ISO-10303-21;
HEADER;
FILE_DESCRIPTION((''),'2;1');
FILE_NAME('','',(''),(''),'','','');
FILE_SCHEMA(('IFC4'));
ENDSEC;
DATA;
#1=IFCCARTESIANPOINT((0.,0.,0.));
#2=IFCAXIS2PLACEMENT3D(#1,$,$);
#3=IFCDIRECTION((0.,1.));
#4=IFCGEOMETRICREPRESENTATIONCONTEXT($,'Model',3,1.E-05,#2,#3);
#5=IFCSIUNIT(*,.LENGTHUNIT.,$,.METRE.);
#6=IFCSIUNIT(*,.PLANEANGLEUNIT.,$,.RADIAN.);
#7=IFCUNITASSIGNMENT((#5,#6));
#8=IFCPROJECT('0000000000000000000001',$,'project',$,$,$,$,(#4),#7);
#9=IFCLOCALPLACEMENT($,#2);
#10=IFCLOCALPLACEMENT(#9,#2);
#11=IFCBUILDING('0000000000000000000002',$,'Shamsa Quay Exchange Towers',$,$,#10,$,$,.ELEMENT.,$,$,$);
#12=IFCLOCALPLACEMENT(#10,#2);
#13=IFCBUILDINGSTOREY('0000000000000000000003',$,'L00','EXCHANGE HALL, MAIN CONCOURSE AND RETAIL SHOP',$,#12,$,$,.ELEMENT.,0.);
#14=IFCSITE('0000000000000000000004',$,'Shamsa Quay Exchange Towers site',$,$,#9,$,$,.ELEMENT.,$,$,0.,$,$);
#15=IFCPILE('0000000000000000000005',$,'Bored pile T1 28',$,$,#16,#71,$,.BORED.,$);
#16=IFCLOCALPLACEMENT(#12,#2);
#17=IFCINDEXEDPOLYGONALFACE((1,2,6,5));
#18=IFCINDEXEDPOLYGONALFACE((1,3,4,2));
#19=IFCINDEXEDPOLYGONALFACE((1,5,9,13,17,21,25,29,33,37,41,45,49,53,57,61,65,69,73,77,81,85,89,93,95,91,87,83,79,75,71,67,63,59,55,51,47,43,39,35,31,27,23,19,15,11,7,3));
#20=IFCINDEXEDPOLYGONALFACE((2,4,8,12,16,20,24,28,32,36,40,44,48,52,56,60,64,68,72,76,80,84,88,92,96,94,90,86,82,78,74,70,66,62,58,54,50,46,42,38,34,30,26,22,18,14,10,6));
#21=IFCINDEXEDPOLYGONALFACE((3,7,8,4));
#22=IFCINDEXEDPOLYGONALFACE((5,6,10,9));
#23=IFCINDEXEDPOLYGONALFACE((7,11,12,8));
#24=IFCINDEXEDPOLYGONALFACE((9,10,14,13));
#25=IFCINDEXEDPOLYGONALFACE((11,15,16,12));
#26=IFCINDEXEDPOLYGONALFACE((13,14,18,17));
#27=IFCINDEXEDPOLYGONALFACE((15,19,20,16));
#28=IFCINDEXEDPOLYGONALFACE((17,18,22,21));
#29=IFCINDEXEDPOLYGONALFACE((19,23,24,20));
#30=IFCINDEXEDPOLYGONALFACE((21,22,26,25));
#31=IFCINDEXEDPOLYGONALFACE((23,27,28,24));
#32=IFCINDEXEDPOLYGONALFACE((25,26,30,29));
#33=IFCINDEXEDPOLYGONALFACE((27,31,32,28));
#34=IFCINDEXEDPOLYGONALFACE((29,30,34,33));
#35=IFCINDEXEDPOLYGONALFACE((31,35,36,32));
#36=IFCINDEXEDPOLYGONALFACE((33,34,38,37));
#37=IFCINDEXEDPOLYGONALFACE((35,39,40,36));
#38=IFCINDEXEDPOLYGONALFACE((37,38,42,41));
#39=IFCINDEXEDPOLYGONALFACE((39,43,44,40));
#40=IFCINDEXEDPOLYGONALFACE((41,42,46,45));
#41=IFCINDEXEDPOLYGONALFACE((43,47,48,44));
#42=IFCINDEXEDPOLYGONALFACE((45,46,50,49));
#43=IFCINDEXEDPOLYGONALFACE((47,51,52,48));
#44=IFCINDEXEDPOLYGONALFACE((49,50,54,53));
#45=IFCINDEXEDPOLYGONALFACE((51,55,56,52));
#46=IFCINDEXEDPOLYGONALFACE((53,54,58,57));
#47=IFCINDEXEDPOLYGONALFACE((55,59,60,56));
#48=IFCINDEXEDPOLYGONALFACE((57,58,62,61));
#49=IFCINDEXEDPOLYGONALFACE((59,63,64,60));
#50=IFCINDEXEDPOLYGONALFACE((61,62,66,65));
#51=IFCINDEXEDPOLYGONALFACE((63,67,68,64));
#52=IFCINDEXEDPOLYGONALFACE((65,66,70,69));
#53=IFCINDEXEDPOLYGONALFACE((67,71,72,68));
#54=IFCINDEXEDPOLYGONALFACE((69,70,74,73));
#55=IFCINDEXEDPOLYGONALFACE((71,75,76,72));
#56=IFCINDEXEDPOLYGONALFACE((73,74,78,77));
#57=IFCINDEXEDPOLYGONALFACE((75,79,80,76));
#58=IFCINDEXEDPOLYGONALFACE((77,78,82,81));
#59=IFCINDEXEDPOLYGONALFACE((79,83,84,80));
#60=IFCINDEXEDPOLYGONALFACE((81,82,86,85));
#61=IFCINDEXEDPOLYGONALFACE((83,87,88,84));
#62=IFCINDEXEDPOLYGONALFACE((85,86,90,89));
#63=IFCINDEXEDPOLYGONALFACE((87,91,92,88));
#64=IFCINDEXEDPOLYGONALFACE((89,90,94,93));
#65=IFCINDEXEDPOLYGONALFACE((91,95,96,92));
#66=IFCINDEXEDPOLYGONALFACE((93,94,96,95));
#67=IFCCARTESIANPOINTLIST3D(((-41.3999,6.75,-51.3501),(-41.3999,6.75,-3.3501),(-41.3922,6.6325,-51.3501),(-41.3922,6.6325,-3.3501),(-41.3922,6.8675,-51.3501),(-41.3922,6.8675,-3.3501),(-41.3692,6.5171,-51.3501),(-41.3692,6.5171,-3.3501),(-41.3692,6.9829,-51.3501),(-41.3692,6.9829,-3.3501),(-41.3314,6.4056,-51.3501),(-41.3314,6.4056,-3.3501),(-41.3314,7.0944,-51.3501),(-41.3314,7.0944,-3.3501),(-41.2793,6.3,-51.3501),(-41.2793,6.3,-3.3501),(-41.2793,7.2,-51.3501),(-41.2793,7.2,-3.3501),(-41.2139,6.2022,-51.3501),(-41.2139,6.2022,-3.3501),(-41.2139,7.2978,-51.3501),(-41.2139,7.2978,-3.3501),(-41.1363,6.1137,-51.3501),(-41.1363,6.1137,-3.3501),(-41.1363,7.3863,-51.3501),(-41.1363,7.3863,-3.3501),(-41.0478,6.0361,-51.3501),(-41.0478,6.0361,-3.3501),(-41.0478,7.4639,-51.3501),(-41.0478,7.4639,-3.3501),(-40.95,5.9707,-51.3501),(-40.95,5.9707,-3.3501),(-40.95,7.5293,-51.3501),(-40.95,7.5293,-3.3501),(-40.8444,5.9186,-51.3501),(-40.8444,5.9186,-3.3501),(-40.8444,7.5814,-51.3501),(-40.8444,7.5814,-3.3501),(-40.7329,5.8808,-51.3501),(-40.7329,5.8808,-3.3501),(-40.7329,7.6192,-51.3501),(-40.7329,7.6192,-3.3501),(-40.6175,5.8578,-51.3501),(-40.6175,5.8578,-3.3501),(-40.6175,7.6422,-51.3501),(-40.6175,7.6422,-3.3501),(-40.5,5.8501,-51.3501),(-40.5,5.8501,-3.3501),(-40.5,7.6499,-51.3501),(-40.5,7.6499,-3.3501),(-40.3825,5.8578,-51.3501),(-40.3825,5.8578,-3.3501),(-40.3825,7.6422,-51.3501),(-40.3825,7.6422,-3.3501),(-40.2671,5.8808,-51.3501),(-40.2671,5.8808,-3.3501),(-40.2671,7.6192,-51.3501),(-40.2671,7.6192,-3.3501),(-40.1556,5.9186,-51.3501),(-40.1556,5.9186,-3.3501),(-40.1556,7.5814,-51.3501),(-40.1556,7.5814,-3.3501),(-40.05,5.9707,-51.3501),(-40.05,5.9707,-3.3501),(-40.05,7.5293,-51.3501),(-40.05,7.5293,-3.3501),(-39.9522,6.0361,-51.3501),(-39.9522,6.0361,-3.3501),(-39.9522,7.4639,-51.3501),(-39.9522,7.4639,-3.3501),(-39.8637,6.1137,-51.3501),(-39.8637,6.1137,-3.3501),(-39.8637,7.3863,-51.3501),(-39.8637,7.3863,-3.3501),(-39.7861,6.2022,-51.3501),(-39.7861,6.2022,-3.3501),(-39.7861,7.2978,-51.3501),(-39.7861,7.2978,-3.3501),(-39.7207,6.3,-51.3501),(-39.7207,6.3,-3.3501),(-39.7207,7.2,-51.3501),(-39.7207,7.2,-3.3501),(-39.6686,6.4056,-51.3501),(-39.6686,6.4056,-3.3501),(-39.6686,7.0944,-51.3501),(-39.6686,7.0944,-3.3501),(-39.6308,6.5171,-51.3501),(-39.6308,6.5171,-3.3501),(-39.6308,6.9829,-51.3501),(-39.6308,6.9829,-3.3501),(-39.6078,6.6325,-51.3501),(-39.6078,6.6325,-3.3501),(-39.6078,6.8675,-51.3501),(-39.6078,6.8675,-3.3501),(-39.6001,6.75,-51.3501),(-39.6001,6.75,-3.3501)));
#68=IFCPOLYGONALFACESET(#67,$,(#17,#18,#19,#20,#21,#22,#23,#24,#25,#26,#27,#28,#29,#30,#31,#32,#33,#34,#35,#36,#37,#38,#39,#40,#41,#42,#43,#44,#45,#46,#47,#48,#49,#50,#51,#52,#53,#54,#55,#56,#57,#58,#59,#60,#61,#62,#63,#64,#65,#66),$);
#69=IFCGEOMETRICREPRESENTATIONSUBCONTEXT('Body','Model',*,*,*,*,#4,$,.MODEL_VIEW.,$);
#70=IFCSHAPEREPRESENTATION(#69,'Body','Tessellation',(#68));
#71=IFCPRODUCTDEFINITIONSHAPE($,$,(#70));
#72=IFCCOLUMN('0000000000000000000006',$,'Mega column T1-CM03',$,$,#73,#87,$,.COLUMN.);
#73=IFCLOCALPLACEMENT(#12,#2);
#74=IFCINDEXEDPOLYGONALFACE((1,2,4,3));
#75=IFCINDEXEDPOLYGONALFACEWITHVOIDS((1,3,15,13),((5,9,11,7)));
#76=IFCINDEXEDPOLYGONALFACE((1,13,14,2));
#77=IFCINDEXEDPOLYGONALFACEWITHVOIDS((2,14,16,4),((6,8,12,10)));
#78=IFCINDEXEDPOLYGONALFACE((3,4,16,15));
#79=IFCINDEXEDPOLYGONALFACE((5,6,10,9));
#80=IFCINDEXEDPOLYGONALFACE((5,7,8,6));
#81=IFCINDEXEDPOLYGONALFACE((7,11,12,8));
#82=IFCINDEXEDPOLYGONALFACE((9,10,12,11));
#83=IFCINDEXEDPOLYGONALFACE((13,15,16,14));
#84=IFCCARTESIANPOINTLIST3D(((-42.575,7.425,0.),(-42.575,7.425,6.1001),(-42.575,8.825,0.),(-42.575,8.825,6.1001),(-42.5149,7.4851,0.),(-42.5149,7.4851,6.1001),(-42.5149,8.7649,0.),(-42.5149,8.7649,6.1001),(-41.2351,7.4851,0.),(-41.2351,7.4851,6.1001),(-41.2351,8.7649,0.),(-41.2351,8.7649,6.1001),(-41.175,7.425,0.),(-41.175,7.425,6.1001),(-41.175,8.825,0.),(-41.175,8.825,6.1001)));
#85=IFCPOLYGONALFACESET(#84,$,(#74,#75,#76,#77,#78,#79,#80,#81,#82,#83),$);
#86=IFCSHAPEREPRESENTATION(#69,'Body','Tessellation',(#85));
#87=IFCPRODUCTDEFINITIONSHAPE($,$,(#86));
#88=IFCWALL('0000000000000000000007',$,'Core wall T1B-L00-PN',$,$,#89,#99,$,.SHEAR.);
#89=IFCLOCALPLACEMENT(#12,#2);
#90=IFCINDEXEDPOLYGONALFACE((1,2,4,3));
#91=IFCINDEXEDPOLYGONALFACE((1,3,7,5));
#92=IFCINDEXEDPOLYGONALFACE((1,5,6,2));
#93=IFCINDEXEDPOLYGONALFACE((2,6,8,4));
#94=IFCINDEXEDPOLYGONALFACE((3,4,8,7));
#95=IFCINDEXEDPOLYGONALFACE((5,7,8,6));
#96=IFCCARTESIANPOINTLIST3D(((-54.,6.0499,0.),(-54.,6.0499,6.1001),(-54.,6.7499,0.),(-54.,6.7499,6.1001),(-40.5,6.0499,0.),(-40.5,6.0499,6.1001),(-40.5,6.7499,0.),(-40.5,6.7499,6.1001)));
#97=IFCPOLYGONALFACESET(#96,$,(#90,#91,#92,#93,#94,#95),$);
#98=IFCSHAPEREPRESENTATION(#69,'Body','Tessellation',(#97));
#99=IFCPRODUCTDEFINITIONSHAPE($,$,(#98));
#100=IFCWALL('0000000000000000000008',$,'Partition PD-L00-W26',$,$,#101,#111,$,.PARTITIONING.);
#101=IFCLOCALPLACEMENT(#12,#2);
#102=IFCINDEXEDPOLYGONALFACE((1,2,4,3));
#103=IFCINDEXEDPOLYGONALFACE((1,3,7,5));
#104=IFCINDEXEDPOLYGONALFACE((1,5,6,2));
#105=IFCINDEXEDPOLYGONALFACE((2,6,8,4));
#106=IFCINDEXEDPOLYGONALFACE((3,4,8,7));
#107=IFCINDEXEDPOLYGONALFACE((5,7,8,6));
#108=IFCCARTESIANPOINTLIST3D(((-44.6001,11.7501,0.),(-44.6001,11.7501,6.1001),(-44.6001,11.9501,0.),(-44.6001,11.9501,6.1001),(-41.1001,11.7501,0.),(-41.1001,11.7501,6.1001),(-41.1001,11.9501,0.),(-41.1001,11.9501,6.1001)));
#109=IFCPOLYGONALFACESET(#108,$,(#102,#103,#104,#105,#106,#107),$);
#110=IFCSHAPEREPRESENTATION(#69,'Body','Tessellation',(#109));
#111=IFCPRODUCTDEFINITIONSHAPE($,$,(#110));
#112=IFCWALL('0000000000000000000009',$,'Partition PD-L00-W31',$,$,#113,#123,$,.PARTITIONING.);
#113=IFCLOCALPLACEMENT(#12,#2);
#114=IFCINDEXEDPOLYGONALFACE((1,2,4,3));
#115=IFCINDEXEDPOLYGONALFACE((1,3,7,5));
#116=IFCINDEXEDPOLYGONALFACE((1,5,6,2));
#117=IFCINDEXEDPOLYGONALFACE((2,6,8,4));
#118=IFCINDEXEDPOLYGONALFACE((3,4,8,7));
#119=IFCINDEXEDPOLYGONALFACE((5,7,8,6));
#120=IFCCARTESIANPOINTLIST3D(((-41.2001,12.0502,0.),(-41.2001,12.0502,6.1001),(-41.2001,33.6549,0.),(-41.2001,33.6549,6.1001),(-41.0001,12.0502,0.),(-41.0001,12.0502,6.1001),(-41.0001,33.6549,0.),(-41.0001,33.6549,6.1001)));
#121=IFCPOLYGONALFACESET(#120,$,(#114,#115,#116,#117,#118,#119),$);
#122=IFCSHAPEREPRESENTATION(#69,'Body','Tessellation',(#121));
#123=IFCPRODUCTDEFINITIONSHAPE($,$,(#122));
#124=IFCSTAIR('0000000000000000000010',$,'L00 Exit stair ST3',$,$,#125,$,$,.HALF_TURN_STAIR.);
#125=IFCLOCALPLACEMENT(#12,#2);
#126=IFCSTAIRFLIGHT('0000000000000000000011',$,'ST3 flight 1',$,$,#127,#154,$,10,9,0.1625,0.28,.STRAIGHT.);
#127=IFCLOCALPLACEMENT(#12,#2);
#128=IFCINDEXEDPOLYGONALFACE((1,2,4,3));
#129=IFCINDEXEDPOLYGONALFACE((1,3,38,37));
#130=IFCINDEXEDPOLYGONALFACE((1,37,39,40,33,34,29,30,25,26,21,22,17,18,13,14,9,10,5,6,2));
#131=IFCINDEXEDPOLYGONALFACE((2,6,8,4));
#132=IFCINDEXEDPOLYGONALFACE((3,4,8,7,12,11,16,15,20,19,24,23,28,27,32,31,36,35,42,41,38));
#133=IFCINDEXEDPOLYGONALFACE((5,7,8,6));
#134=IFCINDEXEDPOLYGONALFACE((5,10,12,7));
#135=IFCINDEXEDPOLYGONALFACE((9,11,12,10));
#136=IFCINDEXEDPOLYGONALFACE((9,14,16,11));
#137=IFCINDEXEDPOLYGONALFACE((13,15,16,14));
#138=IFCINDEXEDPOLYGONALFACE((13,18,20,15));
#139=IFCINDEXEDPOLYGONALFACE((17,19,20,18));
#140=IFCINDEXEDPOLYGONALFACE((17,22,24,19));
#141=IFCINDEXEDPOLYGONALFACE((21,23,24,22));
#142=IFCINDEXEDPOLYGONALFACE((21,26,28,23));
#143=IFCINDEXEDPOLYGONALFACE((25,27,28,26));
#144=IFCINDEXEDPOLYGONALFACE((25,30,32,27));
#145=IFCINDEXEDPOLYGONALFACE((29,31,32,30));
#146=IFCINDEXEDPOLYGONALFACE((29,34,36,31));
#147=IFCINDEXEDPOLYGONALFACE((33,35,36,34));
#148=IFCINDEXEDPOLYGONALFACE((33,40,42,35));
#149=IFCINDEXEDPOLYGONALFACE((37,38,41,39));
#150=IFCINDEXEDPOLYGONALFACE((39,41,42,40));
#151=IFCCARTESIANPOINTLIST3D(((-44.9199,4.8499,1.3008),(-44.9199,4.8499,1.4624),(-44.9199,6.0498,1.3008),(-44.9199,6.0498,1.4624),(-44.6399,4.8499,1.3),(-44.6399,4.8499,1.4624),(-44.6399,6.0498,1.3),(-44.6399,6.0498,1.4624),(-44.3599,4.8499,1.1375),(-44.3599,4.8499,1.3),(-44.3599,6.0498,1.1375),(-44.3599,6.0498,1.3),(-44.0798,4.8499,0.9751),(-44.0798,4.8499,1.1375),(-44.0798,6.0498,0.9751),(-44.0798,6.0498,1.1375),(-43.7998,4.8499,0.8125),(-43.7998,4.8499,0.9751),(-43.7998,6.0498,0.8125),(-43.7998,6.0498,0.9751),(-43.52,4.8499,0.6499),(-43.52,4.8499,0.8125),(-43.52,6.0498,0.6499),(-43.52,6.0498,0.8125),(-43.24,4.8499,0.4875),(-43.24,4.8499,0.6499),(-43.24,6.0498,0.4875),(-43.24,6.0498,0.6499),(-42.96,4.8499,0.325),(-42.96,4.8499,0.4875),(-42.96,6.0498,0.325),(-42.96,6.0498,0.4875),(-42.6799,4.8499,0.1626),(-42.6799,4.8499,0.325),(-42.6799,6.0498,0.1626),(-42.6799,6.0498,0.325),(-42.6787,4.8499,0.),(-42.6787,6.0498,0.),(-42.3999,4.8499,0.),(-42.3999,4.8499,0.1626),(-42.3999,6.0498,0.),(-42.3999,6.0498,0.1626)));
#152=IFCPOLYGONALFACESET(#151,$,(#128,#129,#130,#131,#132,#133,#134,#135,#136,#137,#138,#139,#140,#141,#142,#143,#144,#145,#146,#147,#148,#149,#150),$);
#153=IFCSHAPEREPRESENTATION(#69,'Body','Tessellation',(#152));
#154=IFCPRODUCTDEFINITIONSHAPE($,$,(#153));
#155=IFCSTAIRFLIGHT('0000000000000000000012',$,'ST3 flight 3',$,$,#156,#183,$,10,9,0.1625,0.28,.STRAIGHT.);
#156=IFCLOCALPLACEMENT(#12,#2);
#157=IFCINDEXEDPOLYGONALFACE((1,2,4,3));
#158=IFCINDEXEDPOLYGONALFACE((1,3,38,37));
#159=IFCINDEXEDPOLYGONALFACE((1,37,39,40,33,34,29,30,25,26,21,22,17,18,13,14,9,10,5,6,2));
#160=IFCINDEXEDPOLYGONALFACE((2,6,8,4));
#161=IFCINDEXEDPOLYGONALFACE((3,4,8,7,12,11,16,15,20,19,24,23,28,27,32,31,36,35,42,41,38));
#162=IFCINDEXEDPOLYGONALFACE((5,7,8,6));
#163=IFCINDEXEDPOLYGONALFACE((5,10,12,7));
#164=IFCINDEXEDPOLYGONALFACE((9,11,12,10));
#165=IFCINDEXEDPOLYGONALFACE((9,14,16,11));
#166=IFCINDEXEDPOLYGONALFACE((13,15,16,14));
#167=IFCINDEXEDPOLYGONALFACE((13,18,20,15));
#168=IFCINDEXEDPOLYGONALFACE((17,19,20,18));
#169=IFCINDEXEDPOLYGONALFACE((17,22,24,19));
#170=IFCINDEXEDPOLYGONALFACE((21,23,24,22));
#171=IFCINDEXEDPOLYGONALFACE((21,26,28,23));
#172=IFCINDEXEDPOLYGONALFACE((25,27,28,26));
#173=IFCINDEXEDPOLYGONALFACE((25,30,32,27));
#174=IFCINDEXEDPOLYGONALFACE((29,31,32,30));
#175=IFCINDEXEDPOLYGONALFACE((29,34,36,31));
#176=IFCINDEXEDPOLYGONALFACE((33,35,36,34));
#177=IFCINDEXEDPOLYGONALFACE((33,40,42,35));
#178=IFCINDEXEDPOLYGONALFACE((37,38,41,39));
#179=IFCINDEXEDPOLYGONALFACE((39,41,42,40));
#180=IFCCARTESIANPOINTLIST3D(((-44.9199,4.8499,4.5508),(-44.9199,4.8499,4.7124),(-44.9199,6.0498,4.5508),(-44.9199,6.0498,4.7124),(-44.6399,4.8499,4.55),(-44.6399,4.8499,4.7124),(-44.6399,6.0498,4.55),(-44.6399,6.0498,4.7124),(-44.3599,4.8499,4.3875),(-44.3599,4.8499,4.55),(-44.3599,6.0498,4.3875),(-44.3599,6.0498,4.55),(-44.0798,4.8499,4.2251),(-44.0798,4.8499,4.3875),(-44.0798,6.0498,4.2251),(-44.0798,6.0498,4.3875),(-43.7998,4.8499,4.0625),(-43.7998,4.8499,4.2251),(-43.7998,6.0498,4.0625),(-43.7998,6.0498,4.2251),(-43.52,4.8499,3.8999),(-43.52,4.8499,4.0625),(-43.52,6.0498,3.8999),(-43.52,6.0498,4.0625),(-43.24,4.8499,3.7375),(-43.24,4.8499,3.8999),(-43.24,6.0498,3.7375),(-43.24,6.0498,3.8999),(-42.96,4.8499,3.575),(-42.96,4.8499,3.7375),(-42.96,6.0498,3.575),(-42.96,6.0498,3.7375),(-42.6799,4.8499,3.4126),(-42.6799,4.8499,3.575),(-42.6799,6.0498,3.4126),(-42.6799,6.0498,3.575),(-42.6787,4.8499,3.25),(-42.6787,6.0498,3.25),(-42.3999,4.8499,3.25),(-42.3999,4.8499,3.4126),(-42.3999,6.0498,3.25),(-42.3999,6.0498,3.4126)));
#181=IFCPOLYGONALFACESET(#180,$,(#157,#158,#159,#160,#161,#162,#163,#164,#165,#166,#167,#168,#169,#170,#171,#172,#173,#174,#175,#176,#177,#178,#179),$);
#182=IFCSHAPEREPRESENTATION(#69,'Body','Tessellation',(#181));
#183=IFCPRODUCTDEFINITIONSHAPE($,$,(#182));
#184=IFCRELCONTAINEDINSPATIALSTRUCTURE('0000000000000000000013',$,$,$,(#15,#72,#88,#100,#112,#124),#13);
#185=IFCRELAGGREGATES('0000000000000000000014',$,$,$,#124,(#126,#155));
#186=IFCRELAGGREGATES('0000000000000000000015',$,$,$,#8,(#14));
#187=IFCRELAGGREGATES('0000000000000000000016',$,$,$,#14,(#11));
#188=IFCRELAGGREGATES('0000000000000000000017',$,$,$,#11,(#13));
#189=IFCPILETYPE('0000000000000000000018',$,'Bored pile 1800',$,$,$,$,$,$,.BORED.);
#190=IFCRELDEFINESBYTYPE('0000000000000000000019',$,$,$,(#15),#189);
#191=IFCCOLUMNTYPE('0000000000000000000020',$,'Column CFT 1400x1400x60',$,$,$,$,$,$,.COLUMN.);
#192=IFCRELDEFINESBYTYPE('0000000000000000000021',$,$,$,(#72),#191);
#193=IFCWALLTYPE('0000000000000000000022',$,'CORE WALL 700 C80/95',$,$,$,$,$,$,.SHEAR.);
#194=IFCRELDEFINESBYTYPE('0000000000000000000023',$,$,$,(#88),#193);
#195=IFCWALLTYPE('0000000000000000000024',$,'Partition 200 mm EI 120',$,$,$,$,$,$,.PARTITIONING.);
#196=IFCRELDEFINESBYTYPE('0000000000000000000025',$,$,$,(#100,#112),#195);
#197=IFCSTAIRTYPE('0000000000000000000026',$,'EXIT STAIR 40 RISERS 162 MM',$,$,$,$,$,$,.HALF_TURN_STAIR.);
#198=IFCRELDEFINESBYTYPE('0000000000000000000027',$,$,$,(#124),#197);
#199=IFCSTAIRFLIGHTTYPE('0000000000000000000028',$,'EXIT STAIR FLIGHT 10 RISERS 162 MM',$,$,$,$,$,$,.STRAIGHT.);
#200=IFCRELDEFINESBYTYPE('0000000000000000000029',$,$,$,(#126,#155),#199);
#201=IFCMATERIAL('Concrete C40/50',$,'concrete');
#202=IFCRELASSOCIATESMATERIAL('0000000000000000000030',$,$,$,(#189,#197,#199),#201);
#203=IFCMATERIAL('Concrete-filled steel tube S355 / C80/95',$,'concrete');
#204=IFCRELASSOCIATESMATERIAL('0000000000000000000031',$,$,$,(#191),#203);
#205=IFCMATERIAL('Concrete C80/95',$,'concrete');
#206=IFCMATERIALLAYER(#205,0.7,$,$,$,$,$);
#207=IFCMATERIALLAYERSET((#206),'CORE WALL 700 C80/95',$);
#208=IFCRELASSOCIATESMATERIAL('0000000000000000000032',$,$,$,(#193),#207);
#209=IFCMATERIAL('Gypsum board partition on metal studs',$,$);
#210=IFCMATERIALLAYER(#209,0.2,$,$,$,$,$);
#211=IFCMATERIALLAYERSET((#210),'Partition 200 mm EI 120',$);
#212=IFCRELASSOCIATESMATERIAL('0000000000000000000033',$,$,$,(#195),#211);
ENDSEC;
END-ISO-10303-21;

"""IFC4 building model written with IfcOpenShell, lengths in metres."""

from ifc_helpers import new_model, si_unit, direction, frame, frame_2d, origin, origin_2d, place, context, subcontext, project, spatial, polyline, rectangle, hollow_rectangle, circle, outline, extrude, material, layer, layer_set, material_profile, profile_set, type_object, element, aggregate, save


model = new_model("IFC4")

# Units and contexts
model_context = context("Model", 3, precision=1e-05, world=origin(), true_north=direction((0.0, 1.0)))
body_context = subcontext(model_context, "Body", "Model", "MODEL_VIEW")
ifc_project = project(units=[si_unit("LENGTHUNIT", "METRE"), si_unit("PLANEANGLEUNIT", "RADIAN")], contexts=[model_context])

# Site, building, storey
site_placement = place(None, origin())
site = spatial("IfcSite", under=ifc_project, at=site_placement, Name="Shamsa Quay Exchange Towers site", CompositionType="ELEMENT", RefElevation=0.0)
building_placement = place(site_placement, origin())
building = spatial("IfcBuilding", under=site, at=building_placement, Name="Shamsa Quay Exchange Towers", CompositionType="ELEMENT")
storey_placement = place(building_placement, origin())
storey = spatial("IfcBuildingStorey", under=building, at=storey_placement, Name="L00", Description="EXCHANGE HALL, MAIN CONCOURSE AND RETAIL SHOP", CompositionType="ELEMENT", Elevation=0.0)

# Pile
ifc_material_1 = material(Name="Concrete C40/50", Category="concrete")
ifc_material_profile_1 = material_profile(ifc_material_1, circle(Radius=0.8999, at=origin_2d()), Name="BP1800")
ifc_profile_set_1 = profile_set([ifc_material_profile_1], Name="Concrete C40/50")
pile_type_1 = type_object("IfcPileType", Name="Bored pile 1800", PredefinedType="BORED", material=ifc_profile_set_1)
for number, where, z_axis, x_axis, name in (
    (1, (-40.5, 6.75, -3.3501), (0.0, 0.0, -1.0), (1.0, 0.0, 0.0), "Bored pile T1 28"),
):
    element("IfcPile", number, at=place(storey_placement, frame(where, z_axis=z_axis, x_axis=x_axis)), inside=storey, type_object=pile_type_1, Name=name, PredefinedType="BORED", context=body_context, shape_type="SweptSolid", body=[
        extrude(circle(Radius=0.8999, at=origin_2d()), origin(), (0.0, 0.0, 1.0), 48.0),
    ])

# Column
ifc_material_2 = material(Name="Concrete-filled steel tube S355 / C80/95", Category="concrete")
ifc_material_profile_2 = material_profile(ifc_material_2, hollow_rectangle(XDim=1.3999, YDim=1.3999, WallThickness=0.0601, at=origin_2d()), Name="CFT 1400x1400x60")
ifc_profile_set_2 = profile_set([ifc_material_profile_2], Name="Concrete-filled steel tube S355 / C80/95")
column_type = type_object("IfcColumnType", Name="Column CFT 1400x1400x60", PredefinedType="COLUMN", material=ifc_profile_set_2)
column_placement = place(storey_placement, frame((-41.875, 8.125, 0.0)))
element("IfcColumn", 2, at=column_placement, inside=storey, type_object=column_type, Name="Mega column T1-CM03", PredefinedType="COLUMN", context=body_context, shape_type="SweptSolid", body=[
    extrude(hollow_rectangle(XDim=1.3999, YDim=1.3999, WallThickness=0.0601, at=origin_2d()), origin(), (0.0, 0.0, 1.0), 6.1001),
])

# Wall
ifc_material_3 = material(Name="Concrete C80/95", Category="concrete")
ifc_layer_1 = layer(ifc_material_3, 0.7)
ifc_layer_set_1 = layer_set([ifc_layer_1], Name="CORE WALL 700 C80/95")
wall_type_1 = type_object("IfcWallType", Name="CORE WALL 700 C80/95", PredefinedType="SHEAR", material=ifc_layer_set_1)
wall_1_placement = place(storey_placement, frame((-40.5, 6.3999, 0.0), z_axis=(0.0, 0.0, 1.0), x_axis=(-1.0, 0.0, 0.0)))
element("IfcWall", 3, at=wall_1_placement, inside=storey, type_object=wall_type_1, Name="Core wall T1B-L00-PN", PredefinedType="SHEAR", context=body_context, shape_type="SweptSolid", body=[
    extrude(rectangle(XDim=13.5, YDim=0.7, at=frame_2d((6.75, 0.0))), origin(), (0.0, 0.0, 1.0), 6.1001),
])

# Walls
ifc_material_4 = material(Name="Gypsum board partition on metal studs")
ifc_layer_2 = layer(ifc_material_4, 0.2)
ifc_layer_set_2 = layer_set([ifc_layer_2], Name="Partition 200 mm EI 120")
wall_type_2 = type_object("IfcWallType", Name="Partition 200 mm EI 120", PredefinedType="PARTITIONING", material=ifc_layer_set_2)
wall_2_placement = place(storey_placement, frame((-44.6001, 11.8501, 0.0)))
element("IfcWall", 4, at=wall_2_placement, inside=storey, type_object=wall_type_2, Name="Partition PD-L00-W26", PredefinedType="PARTITIONING", context=body_context, shape_type="SweptSolid", body=[
    extrude(rectangle(XDim=3.5, YDim=0.2, at=frame_2d((1.75, 0.0))), origin(), (0.0, 0.0, 1.0), 6.1001),
])
wall_3_placement = place(storey_placement, frame((-41.1001, 12.0503, 0.0), z_axis=(0.0, 0.0, 1.0), x_axis=(0.0, 1.0, 0.0)))
element("IfcWall", 5, at=wall_3_placement, inside=storey, type_object=wall_type_2, Name="Partition PD-L00-W31", PredefinedType="PARTITIONING", context=body_context, shape_type="SweptSolid", body=[
    extrude(rectangle(XDim=21.6047, YDim=0.2, at=frame_2d((10.8022, 0.0))), origin(), (0.0, 0.0, 1.0), 6.1001),
])

# Stair, stair flights
stair_type = type_object("IfcStairType", Name="EXIT STAIR 40 RISERS 162 MM", PredefinedType="HALF_TURN_STAIR", material=ifc_material_1)
stair_placement = place(storey_placement, origin())
stair = element("IfcStair", 6, at=stair_placement, inside=storey, type_object=stair_type, Name="L00 Exit stair ST3", PredefinedType="HALF_TURN_STAIR")
stair_flight_type = type_object("IfcStairFlightType", Name="EXIT STAIR FLIGHT 10 RISERS 162 MM", PredefinedType="STRAIGHT", material=ifc_material_1)
stair_flight_1_placement = place(storey_placement, frame((-42.3999, 5.45, 0.0), z_axis=(0.0, 0.0, 1.0), x_axis=(-1.0, 0.0, 0.0)))
stair_flight_1 = element("IfcStairFlight", 7, at=stair_flight_1_placement, type_object=stair_flight_type, Name="ST3 flight 1", NumberOfRisers=10, NumberOfTreads=9, PredefinedType="STRAIGHT", RiserHeight=0.1625, TreadLength=0.28, context=body_context, shape_type="SweptSolid", body=[
    extrude(outline(polyline([(0.0, 0.0), (0.0, 0.1626), (0.28, 0.1626), (0.28, 0.325), (0.5601, 0.325), (0.5601, 0.4875), (0.8401, 0.4875), (0.8401, 0.6499), (1.1201, 0.6499), (1.1201, 0.8125), (1.3999, 0.8125), (1.3999, 0.9751), (1.6799, 0.9751), (1.6799, 1.1375), (1.96, 1.1375), (1.96, 1.3), (2.24, 1.3), (2.24, 1.4624), (2.52, 1.4624), (2.52, 1.625), (2.52, 1.3008), (0.2788, 0.0), (0.0, 0.0)])), frame((0.0, 0.6001, 0.0), z_axis=(0.0, -1.0, 0.0), x_axis=(1.0, 0.0, 0.0)), (0.0, 0.0, 1.0), 1.2),
])
stair_flight_2_placement = place(storey_placement, frame((-42.3999, 5.45, 3.25), z_axis=(0.0, 0.0, 1.0), x_axis=(-1.0, 0.0, 0.0)))
stair_flight_2 = element("IfcStairFlight", 8, at=stair_flight_2_placement, type_object=stair_flight_type, Name="ST3 flight 3", NumberOfRisers=10, NumberOfTreads=9, PredefinedType="STRAIGHT", RiserHeight=0.1625, TreadLength=0.28, context=body_context, shape_type="SweptSolid", body=[
    extrude(outline(polyline([(0.0, 0.0), (0.0, 0.1626), (0.28, 0.1626), (0.28, 0.325), (0.5601, 0.325), (0.5601, 0.4875), (0.8401, 0.4875), (0.8401, 0.6499), (1.1201, 0.6499), (1.1201, 0.8125), (1.3999, 0.8125), (1.3999, 0.9751), (1.6799, 0.9751), (1.6799, 1.1375), (1.96, 1.1375), (1.96, 1.3), (2.24, 1.3), (2.24, 1.4624), (2.52, 1.4624), (2.52, 1.625), (2.52, 1.3008), (0.2788, 0.0), (0.0, 0.0)])), frame((0.0, 0.6001, 0.0), z_axis=(0.0, -1.0, 0.0), x_axis=(1.0, 0.0, 0.0)), (0.0, 0.0, 1.0), 1.2),
])
aggregate(stair, [stair_flight_1, stair_flight_2])

save(model, "model.ifc")
